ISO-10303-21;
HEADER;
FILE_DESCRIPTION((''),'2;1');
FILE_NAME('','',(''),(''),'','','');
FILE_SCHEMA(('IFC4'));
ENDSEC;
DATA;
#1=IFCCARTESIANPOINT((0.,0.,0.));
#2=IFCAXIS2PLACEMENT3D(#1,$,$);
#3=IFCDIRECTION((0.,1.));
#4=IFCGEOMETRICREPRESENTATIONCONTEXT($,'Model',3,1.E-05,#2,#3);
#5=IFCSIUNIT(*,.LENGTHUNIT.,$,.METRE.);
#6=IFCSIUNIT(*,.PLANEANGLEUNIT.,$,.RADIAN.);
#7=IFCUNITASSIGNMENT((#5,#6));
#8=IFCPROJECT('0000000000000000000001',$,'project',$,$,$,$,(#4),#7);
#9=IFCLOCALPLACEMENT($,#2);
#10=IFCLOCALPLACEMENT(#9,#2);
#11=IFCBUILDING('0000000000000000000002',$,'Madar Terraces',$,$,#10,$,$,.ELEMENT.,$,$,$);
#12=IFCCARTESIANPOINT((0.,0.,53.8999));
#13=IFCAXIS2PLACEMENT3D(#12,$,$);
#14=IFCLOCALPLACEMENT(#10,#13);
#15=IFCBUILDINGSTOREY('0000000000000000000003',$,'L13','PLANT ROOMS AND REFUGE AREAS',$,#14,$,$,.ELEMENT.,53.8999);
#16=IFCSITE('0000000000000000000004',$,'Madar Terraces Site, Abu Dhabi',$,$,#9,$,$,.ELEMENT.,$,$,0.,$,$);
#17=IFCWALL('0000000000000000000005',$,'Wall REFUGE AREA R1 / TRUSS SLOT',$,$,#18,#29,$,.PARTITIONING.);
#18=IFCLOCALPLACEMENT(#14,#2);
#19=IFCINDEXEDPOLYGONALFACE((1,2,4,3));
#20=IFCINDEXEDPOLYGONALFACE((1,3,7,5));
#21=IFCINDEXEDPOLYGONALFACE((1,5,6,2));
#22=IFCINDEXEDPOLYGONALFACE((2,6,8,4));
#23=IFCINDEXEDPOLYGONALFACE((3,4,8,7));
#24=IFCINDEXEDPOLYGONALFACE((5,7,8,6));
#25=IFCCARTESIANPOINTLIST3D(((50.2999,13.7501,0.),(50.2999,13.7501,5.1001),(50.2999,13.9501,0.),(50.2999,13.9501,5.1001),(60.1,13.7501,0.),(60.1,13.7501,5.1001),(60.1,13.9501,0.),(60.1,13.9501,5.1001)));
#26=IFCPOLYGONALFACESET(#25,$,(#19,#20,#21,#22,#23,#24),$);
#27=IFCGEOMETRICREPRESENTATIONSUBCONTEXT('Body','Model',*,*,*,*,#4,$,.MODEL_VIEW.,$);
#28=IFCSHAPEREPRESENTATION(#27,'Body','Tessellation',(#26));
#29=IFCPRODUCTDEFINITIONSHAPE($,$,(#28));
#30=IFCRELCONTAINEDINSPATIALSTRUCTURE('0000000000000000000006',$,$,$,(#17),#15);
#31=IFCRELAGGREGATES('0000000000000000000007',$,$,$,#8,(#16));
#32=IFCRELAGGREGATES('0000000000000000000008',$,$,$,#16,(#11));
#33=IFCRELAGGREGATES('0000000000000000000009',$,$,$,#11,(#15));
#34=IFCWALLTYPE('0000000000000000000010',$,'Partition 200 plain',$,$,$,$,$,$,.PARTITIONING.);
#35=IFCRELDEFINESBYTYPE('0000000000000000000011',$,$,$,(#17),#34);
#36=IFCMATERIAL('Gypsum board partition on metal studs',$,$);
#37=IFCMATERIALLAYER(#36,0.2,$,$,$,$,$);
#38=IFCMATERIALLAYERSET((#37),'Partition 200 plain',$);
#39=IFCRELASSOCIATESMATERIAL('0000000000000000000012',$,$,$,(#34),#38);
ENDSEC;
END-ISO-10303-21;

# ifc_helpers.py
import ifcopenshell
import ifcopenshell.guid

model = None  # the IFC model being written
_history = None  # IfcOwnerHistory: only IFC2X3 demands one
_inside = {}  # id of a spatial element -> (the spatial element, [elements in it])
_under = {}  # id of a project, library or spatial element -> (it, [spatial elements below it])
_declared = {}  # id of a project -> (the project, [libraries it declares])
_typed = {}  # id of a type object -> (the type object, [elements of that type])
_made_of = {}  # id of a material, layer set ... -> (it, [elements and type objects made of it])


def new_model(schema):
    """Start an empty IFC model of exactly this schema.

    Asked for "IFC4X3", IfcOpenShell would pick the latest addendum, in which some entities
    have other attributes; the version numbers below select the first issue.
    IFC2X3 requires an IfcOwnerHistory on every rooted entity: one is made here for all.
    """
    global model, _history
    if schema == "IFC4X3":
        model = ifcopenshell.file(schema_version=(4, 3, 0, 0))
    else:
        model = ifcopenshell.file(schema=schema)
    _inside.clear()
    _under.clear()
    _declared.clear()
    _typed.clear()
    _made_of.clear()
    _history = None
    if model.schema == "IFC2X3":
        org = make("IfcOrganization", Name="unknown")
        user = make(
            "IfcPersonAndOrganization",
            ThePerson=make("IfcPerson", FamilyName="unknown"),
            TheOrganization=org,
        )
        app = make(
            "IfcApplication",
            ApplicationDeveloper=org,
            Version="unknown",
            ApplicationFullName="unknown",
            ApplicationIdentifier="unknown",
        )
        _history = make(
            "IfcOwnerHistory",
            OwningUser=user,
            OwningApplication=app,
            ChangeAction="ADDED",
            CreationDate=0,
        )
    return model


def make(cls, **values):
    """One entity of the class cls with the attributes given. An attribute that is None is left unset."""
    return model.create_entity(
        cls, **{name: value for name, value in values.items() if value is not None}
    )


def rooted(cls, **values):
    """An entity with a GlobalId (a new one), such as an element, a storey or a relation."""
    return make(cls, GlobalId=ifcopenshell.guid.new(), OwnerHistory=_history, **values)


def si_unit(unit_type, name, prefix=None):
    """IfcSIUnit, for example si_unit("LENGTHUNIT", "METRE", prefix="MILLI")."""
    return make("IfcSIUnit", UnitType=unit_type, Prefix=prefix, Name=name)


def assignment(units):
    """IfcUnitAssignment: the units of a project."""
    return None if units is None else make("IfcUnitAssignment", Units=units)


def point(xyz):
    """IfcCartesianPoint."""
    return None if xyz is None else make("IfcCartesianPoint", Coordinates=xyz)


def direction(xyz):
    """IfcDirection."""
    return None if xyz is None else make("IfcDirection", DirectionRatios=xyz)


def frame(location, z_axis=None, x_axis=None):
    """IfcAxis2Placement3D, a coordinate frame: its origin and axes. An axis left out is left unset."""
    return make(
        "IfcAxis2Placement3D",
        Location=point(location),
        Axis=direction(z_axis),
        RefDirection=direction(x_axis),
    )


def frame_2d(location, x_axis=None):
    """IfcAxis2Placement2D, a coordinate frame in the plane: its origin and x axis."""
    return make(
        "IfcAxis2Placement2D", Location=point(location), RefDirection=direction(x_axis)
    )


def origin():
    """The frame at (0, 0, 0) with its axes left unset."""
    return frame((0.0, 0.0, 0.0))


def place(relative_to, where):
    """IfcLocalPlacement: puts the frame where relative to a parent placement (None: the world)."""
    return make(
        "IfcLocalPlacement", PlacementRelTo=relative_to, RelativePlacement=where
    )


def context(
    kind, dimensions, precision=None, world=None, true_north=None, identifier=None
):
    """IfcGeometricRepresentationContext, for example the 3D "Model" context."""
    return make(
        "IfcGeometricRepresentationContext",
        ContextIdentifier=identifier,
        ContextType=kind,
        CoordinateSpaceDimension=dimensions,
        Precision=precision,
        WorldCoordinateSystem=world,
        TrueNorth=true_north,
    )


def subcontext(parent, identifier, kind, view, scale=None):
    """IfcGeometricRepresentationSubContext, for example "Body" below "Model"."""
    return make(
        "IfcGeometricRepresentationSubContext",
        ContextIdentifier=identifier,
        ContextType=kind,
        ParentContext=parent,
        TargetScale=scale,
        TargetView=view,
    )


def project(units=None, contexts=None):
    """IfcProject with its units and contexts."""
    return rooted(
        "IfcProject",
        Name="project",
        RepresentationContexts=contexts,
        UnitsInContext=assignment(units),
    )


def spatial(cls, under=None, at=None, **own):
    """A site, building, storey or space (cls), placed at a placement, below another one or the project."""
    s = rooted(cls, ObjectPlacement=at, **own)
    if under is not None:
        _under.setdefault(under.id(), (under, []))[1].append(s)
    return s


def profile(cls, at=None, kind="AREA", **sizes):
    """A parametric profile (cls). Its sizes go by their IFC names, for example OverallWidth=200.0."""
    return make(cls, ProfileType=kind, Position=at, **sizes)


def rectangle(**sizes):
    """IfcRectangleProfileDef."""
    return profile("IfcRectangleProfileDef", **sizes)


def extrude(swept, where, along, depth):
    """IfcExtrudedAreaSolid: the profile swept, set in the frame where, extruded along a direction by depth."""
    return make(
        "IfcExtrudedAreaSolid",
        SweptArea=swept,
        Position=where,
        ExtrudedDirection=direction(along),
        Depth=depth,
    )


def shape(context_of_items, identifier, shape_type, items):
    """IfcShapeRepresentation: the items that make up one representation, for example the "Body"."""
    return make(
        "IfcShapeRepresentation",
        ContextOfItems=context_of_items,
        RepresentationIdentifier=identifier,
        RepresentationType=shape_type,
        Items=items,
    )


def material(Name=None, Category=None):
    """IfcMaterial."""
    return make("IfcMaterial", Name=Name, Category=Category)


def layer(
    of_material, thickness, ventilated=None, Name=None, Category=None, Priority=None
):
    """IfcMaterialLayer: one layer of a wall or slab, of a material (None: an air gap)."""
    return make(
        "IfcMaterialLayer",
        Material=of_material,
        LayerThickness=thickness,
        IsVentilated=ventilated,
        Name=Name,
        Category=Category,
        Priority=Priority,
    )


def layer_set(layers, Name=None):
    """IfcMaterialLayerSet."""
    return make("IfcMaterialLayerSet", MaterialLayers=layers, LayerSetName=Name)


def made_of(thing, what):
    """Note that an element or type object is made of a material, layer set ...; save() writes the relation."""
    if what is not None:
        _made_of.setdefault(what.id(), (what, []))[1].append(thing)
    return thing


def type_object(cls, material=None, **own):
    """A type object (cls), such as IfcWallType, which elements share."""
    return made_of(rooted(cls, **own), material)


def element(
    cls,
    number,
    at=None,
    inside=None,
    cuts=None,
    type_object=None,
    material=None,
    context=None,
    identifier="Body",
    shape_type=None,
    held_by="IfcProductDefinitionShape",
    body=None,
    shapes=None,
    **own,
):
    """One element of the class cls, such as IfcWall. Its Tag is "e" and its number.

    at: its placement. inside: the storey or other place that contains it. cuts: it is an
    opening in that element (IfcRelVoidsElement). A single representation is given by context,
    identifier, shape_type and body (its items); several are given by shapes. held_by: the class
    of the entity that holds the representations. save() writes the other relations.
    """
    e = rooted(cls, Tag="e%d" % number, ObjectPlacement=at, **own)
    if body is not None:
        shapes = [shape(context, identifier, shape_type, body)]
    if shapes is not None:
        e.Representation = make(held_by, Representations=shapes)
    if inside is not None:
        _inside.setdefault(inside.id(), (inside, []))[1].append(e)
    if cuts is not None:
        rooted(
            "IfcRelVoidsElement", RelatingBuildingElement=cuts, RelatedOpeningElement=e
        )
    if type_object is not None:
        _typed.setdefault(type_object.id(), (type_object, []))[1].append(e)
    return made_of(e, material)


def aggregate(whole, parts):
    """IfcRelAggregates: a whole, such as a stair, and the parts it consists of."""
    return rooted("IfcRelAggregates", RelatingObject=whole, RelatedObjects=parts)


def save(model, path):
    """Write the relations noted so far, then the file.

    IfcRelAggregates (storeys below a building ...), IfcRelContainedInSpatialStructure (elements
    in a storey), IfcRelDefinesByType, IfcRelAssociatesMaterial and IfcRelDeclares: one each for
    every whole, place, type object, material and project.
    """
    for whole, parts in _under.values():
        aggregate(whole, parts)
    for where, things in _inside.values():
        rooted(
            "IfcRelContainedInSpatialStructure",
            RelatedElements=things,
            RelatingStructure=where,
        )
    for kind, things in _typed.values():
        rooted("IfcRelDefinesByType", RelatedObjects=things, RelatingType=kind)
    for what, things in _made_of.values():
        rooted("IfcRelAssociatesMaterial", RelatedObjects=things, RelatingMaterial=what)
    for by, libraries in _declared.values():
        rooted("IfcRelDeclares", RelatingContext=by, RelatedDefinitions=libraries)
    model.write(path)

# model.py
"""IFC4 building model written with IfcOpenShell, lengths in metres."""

from ifc_helpers import new_model, si_unit, direction, frame, frame_2d, origin, place, context, subcontext, project, spatial, rectangle, extrude, material, layer, layer_set, type_object, element, save


model = new_model("IFC4")

# Units and contexts
model_context = context("Model", 3, precision=1e-05, world=origin(), true_north=direction((0.0, 1.0)))
body_context = subcontext(model_context, "Body", "Model", "MODEL_VIEW")
ifc_project = project(units=[si_unit("LENGTHUNIT", "METRE"), si_unit("PLANEANGLEUNIT", "RADIAN")], contexts=[model_context])

# Site, building, storey
site_placement = place(None, origin())
site = spatial("IfcSite", under=ifc_project, at=site_placement, Name="Madar Terraces Site, Abu Dhabi", CompositionType="ELEMENT", RefElevation=0.0)
building_placement = place(site_placement, origin())
building = spatial("IfcBuilding", under=site, at=building_placement, Name="Madar Terraces", CompositionType="ELEMENT")
storey_placement = place(building_placement, frame((0.0, 0.0, 53.8999)))
storey = spatial("IfcBuildingStorey", under=building, at=storey_placement, Name="L13", Description="PLANT ROOMS AND REFUGE AREAS", CompositionType="ELEMENT", Elevation=53.8999)

# Wall
ifc_material_1 = material(Name="Gypsum board partition on metal studs")
ifc_layer_1 = layer(ifc_material_1, 0.2)
ifc_layer_set_1 = layer_set([ifc_layer_1], Name="Partition 200 plain")
wall_type_1 = type_object("IfcWallType", Name="Partition 200 plain", PredefinedType="PARTITIONING", material=ifc_layer_set_1)
wall_1_placement = place(storey_placement, frame((50.3, 13.8501, 0.0), z_axis=(0.0, 0.0, 1.0), x_axis=(1.0, 0.0, 0.0)))
element("IfcWall", 1, at=wall_1_placement, inside=storey, type_object=wall_type_1, Name="Wall REFUGE AREA R1 / TRUSS SLOT", PredefinedType="PARTITIONING", context=body_context, shape_type="SweptSolid", body=[
    extrude(rectangle(XDim=9.8, YDim=0.2, at=frame_2d((4.8999, 0.0))), origin(), (0.0, 0.0, 1.0), 5.1001),
])

save(model, "model.ifc")
